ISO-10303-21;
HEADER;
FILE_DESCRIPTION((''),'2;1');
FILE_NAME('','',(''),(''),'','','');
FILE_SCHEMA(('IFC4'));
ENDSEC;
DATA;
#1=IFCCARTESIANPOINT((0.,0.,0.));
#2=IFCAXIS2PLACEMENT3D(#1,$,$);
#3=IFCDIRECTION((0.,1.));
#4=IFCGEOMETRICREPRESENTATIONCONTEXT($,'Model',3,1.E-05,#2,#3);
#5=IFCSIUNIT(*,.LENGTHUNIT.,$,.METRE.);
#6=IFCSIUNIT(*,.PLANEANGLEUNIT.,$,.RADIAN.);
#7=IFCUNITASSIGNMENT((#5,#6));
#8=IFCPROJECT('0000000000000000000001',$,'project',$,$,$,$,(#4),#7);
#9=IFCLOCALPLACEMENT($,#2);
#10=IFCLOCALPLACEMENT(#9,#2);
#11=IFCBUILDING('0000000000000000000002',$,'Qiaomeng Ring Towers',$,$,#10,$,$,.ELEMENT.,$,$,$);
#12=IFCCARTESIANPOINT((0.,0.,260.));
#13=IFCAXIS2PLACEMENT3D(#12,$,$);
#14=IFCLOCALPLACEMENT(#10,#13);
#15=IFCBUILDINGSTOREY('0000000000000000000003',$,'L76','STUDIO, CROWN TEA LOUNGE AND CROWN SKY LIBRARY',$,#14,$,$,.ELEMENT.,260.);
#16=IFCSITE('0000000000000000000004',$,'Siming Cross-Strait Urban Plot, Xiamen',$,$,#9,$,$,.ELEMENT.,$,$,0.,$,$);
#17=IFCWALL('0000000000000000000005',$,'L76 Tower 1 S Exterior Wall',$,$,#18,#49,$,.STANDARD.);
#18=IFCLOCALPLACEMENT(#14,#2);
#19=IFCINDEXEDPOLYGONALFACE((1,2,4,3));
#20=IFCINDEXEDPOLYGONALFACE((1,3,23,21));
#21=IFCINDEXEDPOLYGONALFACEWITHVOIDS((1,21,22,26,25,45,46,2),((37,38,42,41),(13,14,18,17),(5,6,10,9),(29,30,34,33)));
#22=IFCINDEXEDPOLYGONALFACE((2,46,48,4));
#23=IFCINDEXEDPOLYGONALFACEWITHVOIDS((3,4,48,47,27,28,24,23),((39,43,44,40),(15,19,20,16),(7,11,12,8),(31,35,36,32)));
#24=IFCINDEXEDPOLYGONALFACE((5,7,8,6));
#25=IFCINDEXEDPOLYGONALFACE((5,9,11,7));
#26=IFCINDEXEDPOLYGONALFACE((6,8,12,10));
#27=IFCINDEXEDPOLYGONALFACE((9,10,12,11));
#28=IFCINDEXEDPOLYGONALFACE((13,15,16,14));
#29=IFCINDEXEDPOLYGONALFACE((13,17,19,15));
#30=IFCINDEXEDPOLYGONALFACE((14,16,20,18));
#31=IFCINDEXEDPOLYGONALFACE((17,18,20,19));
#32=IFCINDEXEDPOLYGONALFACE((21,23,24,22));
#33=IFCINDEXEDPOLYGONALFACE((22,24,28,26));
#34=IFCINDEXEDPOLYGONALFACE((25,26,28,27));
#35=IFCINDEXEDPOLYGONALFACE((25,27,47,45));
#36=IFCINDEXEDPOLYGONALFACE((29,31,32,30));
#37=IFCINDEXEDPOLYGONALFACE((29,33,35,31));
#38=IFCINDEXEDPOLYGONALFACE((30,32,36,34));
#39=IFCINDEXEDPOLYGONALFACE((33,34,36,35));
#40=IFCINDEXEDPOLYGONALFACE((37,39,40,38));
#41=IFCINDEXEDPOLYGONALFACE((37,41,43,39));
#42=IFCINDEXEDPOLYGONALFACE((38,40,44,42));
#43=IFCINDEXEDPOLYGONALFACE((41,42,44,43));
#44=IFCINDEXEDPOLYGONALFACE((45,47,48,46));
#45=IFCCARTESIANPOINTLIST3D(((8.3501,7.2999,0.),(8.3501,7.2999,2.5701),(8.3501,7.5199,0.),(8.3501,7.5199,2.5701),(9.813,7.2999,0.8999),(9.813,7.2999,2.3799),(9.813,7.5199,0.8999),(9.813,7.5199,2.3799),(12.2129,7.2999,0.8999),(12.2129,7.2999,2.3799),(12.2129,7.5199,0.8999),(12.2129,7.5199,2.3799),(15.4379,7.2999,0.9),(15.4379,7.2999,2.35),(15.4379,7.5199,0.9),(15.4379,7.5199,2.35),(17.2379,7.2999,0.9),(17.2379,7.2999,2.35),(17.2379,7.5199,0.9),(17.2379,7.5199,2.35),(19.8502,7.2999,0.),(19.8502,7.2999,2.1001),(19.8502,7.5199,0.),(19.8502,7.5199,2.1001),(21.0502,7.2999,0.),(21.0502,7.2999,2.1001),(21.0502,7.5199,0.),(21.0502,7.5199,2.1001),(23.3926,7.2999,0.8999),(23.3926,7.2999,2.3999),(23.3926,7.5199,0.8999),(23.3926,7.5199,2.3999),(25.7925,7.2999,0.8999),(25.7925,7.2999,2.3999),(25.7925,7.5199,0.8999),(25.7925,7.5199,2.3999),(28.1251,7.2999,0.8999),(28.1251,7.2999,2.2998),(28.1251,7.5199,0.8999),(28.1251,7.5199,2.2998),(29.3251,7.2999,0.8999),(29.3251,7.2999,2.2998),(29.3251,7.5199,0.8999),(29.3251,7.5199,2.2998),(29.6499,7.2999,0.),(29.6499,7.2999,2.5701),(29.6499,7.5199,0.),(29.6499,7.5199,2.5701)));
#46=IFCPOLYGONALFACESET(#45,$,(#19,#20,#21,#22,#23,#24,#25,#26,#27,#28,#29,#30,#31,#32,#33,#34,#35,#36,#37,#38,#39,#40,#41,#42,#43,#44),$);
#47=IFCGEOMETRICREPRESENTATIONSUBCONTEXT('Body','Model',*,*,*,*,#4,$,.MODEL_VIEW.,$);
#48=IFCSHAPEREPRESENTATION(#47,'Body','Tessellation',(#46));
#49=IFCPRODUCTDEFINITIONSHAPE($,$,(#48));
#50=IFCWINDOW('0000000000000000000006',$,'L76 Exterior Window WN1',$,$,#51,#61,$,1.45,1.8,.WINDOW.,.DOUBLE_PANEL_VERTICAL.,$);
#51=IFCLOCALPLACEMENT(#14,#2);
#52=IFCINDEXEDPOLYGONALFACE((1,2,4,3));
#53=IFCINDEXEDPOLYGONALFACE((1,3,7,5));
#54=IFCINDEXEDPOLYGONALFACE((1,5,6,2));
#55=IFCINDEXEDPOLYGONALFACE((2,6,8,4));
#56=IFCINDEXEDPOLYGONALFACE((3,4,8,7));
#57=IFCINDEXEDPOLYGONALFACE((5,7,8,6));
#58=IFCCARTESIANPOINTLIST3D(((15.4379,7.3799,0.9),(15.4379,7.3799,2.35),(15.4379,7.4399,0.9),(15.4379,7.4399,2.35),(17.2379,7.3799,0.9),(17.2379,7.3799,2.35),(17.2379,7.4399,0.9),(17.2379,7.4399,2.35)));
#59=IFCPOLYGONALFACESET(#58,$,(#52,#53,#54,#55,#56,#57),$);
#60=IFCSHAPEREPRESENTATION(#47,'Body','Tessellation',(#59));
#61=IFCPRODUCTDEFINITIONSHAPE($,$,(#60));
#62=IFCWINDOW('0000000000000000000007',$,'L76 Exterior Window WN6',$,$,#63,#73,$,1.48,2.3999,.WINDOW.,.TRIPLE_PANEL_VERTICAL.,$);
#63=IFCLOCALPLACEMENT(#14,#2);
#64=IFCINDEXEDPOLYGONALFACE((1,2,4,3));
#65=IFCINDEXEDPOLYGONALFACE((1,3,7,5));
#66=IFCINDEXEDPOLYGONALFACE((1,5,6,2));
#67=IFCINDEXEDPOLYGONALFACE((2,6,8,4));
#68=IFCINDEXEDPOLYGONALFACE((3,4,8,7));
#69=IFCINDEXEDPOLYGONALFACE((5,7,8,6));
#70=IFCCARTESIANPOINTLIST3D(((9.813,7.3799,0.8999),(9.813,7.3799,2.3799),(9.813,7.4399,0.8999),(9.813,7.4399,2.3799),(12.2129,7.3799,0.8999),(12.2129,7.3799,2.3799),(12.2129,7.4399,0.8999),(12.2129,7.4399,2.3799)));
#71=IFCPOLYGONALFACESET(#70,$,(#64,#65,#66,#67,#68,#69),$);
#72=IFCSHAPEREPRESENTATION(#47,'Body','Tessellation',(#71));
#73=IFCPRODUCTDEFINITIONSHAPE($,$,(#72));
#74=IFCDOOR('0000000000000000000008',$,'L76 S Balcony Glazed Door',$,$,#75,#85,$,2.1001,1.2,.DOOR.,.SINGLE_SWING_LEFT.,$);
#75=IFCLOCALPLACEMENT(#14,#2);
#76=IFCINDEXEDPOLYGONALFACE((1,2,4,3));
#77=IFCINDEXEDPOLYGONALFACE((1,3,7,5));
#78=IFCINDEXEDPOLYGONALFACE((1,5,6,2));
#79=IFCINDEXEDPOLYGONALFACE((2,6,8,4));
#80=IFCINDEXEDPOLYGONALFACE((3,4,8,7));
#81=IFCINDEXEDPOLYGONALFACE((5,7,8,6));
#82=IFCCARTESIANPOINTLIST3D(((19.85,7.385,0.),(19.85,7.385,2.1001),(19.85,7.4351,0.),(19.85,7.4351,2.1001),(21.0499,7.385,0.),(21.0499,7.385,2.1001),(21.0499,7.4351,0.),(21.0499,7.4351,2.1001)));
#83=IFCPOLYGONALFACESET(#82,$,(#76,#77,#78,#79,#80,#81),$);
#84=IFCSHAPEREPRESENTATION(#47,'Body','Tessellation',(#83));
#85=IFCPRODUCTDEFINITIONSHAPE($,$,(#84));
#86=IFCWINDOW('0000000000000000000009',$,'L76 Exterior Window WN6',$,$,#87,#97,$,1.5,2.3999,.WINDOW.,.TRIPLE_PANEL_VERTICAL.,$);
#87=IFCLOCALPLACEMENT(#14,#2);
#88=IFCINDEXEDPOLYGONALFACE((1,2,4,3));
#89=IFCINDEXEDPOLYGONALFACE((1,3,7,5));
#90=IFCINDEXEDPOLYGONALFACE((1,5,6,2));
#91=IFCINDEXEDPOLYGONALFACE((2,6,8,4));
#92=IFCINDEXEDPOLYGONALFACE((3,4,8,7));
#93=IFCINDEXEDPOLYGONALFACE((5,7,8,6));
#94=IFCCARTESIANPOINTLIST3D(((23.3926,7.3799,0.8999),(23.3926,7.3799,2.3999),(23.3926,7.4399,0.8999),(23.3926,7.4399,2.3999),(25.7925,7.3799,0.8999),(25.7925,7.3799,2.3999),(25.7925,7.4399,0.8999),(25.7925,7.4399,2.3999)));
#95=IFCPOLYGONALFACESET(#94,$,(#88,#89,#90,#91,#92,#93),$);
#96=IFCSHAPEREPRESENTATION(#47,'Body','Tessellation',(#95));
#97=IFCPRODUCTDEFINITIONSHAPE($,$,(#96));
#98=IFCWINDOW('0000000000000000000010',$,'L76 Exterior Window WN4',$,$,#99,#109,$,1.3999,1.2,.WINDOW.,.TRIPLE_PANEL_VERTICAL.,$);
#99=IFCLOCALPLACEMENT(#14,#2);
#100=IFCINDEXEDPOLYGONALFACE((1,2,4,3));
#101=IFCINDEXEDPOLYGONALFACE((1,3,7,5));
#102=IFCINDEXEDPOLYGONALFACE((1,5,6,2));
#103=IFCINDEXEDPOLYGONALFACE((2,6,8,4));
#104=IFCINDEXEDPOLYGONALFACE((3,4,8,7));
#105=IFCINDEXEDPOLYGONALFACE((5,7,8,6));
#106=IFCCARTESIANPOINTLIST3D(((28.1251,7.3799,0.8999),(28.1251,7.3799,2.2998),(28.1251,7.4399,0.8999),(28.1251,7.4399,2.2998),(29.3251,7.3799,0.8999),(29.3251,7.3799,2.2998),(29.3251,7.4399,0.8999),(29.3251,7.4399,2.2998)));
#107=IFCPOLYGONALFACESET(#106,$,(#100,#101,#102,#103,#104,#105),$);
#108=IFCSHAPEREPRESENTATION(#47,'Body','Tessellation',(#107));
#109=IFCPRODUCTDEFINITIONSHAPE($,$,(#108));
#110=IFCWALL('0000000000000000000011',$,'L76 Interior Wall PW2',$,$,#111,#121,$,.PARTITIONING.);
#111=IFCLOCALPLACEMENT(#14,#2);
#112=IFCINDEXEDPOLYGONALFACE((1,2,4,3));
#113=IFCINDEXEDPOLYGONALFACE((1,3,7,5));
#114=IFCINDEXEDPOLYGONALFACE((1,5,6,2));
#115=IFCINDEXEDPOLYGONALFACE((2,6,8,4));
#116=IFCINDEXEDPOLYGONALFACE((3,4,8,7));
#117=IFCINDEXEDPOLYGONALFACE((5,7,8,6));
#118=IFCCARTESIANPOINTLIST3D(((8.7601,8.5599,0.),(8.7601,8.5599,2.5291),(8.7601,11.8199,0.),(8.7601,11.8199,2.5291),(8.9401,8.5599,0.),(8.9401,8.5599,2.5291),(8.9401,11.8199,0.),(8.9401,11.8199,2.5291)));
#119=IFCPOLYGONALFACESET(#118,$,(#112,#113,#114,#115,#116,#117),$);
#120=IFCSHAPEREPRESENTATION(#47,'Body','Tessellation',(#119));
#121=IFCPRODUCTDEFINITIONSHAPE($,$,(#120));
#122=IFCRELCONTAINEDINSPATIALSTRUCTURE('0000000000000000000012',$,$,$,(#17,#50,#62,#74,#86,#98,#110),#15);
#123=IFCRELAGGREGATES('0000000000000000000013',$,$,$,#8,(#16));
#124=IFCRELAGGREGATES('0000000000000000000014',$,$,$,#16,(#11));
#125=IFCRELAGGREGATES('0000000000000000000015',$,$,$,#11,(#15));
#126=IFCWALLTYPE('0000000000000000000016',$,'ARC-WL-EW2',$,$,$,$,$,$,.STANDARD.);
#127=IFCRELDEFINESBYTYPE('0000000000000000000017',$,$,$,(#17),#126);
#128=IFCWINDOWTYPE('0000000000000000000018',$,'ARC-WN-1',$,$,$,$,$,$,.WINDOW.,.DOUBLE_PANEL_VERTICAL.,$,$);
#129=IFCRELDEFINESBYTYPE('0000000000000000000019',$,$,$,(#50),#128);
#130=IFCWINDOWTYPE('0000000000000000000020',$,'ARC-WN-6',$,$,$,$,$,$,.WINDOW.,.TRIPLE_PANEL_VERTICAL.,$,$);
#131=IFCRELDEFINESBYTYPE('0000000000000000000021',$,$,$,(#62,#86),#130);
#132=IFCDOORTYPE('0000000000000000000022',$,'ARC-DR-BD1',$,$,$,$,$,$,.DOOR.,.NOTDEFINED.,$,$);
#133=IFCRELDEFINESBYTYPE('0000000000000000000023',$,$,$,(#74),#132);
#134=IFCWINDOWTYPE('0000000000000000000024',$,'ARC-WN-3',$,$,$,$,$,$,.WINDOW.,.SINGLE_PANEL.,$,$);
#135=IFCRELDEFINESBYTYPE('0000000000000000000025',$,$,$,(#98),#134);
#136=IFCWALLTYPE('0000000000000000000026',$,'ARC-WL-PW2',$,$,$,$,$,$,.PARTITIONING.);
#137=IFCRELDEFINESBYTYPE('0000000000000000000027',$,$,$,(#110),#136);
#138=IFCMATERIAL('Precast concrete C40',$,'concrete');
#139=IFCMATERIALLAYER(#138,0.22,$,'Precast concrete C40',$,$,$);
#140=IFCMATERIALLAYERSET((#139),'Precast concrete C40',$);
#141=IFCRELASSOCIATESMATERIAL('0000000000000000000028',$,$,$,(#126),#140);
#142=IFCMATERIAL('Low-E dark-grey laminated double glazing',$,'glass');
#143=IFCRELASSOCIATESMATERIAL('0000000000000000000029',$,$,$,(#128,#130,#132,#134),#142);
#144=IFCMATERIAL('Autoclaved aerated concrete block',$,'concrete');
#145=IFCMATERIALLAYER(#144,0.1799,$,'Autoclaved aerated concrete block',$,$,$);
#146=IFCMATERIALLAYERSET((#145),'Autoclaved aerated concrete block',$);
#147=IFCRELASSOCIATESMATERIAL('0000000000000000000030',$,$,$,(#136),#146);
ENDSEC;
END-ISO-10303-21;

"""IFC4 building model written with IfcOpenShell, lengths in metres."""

from ifc_helpers import new_model, si_unit, direction, frame, frame_2d, origin, place, context, subcontext, project, spatial, rectangle, extrude, source, transform, mapped, material, layer, layer_set, type_object, element, fill, save


model = new_model("IFC4")

# Units and contexts
model_context = context("Model", 3, precision=1e-05, world=origin(), true_north=direction((0.0, 1.0)))
body_context = subcontext(model_context, "Body", "Model", "MODEL_VIEW")
ifc_project = project(units=[si_unit("LENGTHUNIT", "METRE"), si_unit("PLANEANGLEUNIT", "RADIAN")], contexts=[model_context])

# Site, building, storey
site_placement = place(None, origin())
site = spatial("IfcSite", under=ifc_project, at=site_placement, Name="Siming Cross-Strait Urban Plot, Xiamen", CompositionType="ELEMENT", RefElevation=0.0)
building_placement = place(site_placement, origin())
building = spatial("IfcBuilding", under=site, at=building_placement, Name="Qiaomeng Ring Towers", CompositionType="ELEMENT")
storey_placement = place(building_placement, frame((0.0, 0.0, 260.0)))
storey = spatial("IfcBuildingStorey", under=building, at=storey_placement, Name="L76", Description="STUDIO, CROWN TEA LOUNGE AND CROWN SKY LIBRARY", CompositionType="ELEMENT", Elevation=260.0)

# Shared definitions
ifc_material_1 = material(Name="Low-E dark-grey laminated double glazing", Category="glass")

# Wall, openings, windows, door
ifc_material_2 = material(Name="Precast concrete C40", Category="concrete")
ifc_layer_1 = layer(ifc_material_2, 0.22, Name="Precast concrete C40")
ifc_layer_set_1 = layer_set([ifc_layer_1], Name="Precast concrete C40")
wall_type_1 = type_object("IfcWallType", Name="ARC-WL-EW2", PredefinedType="STANDARD", material=ifc_layer_set_1)
wall_1_placement = place(storey_placement, frame((8.3501, 7.4099, 0.0), z_axis=(0.0, 0.0, 1.0), x_axis=(1.0, 0.0, 0.0)))
wall_1 = element("IfcWall", 1, at=wall_1_placement, inside=storey, type_object=wall_type_1, Name="L76 Tower 1 S Exterior Wall", PredefinedType="STANDARD", context=body_context, shape_type="SweptSolid", body=[
    extrude(rectangle(XDim=21.2998, YDim=0.22, at=frame_2d((10.6499, 0.0))), origin(), (0.0, 0.0, 1.0), 2.5701),
])
opening_1_placement = place(wall_1_placement, frame((11.5, 0.0, 0.0)))
opening_1 = element("IfcOpeningElement", 2, at=opening_1_placement, cuts=wall_1, PredefinedType="OPENING", context=body_context, shape_type="SweptSolid", body=[
    extrude(rectangle(XDim=1.2, YDim=2.1001, at=frame_2d((0.6001, 1.05))), frame((0.0, 0.1199, 0.0), z_axis=(0.0, -1.0, 0.0), x_axis=(1.0, 0.0, 0.0)), (0.0, 0.0, 1.0), 0.24),
])
opening_2_placement = place(wall_1_placement, frame((1.4629, 0.0, 0.8999)))
opening_2 = element("IfcOpeningElement", 3, at=opening_2_placement, cuts=wall_1, PredefinedType="OPENING", context=body_context, shape_type="SweptSolid", body=[
    extrude(rectangle(XDim=2.3999, YDim=1.48, at=frame_2d((1.2, 0.74))), frame((0.0, 0.1199, 0.0), z_axis=(0.0, -1.0, 0.0), x_axis=(1.0, 0.0, 0.0)), (0.0, 0.0, 1.0), 0.24),
])
opening_3_placement = place(wall_1_placement, frame((7.0879, 0.0, 0.8999)))
opening_3 = element("IfcOpeningElement", 4, at=opening_3_placement, cuts=wall_1, PredefinedType="OPENING", context=body_context, shape_type="SweptSolid", body=[
    extrude(rectangle(XDim=1.8, YDim=1.45, at=frame_2d((0.8999, 0.7251))), frame((0.0, 0.1199, 0.0), z_axis=(0.0, -1.0, 0.0), x_axis=(1.0, 0.0, 0.0)), (0.0, 0.0, 1.0), 0.24),
])
opening_4_placement = place(wall_1_placement, frame((19.7749, 0.0, 0.8999)))
opening_4 = element("IfcOpeningElement", 5, at=opening_4_placement, cuts=wall_1, PredefinedType="OPENING", context=body_context, shape_type="SweptSolid", body=[
    extrude(rectangle(XDim=1.2, YDim=1.3999, at=frame_2d((0.6001, 0.7))), frame((0.0, 0.1199, 0.0), z_axis=(0.0, -1.0, 0.0), x_axis=(1.0, 0.0, 0.0)), (0.0, 0.0, 1.0), 0.24),
])
opening_5_placement = place(wall_1_placement, frame((15.0425, 0.0, 0.8999)))
opening_5 = element("IfcOpeningElement", 6, at=opening_5_placement, cuts=wall_1, PredefinedType="OPENING", context=body_context, shape_type="SweptSolid", body=[
    extrude(rectangle(XDim=2.3999, YDim=1.5, at=frame_2d((1.2, 0.75))), frame((0.0, 0.1199, 0.0), z_axis=(0.0, -1.0, 0.0), x_axis=(1.0, 0.0, 0.0)), (0.0, 0.0, 1.0), 0.24),
])
window_type_1 = type_object("IfcWindowType", Name="ARC-WN-1", PartitioningType="DOUBLE_PANEL_VERTICAL", PredefinedType="WINDOW", material=ifc_material_1)
shared_shape_1 = source(origin(), body_context, "Body", "SweptSolid", [
    extrude(rectangle(XDim=1.8, YDim=1.45, at=frame_2d((0.8999, 0.7251))), frame((0.0, 0.03, 0.0), z_axis=(0.0, -1.0, 0.0), x_axis=(1.0, 0.0, 0.0)), (0.0, 0.0, 1.0), 0.0601),
])
window_1_placement = place(opening_3_placement, origin())
window_1 = element("IfcWindow", 7, at=window_1_placement, inside=storey, type_object=window_type_1, Name="L76 Exterior Window WN1", OverallHeight=1.45, OverallWidth=1.8, PartitioningType="DOUBLE_PANEL_VERTICAL", PredefinedType="WINDOW", context=body_context, shape_type="MappedRepresentation", body=[
    mapped(shared_shape_1, transform((0.0, 0.0, 0.0), x_axis=(1.0, 0.0, 0.0), y_axis=(0.0, 1.0, 0.0), z_axis=(0.0, 0.0, 1.0), scale=1.0)),
])
fill(opening_3, window_1)
window_type_2 = type_object("IfcWindowType", Name="ARC-WN-6", PartitioningType="TRIPLE_PANEL_VERTICAL", PredefinedType="WINDOW", material=ifc_material_1)
shared_shape_2 = source(origin(), body_context, "Body", "SweptSolid", [
    extrude(rectangle(XDim=2.3999, YDim=1.48, at=frame_2d((1.2, 0.74))), frame((0.0, 0.03, 0.0), z_axis=(0.0, -1.0, 0.0), x_axis=(1.0, 0.0, 0.0)), (0.0, 0.0, 1.0), 0.0601),
])
window_2_placement = place(opening_2_placement, origin())
window_2 = element("IfcWindow", 8, at=window_2_placement, inside=storey, type_object=window_type_2, Name="L76 Exterior Window WN6", OverallHeight=1.48, OverallWidth=2.3999, PartitioningType="TRIPLE_PANEL_VERTICAL", PredefinedType="WINDOW", context=body_context, shape_type="MappedRepresentation", body=[
    mapped(shared_shape_2, transform((0.0, 0.0, 0.0), x_axis=(1.0, 0.0, 0.0), y_axis=(0.0, 1.0, 0.0), z_axis=(0.0, 0.0, 1.0), scale=1.0)),
])
fill(opening_2, window_2)
door_type_1 = type_object("IfcDoorType", Name="ARC-DR-BD1", OperationType="NOTDEFINED", PredefinedType="DOOR", material=ifc_material_1)
shared_shape_3 = source(origin(), body_context, "Body", "SweptSolid", [
    extrude(rectangle(XDim=1.2, YDim=2.1001, at=frame_2d((0.6001, 1.05))), frame((0.0, 0.0249, 0.0), z_axis=(0.0, -1.0, 0.0), x_axis=(1.0, 0.0, 0.0)), (0.0, 0.0, 1.0), 0.05),
])
door_1_placement = place(opening_1_placement, frame((1.2, 0.0, 0.0), z_axis=(0.0, 0.0, 1.0), x_axis=(-1.0, 0.0, 0.0)))
door_1 = element("IfcDoor", 9, at=door_1_placement, inside=storey, type_object=door_type_1, Name="L76 S Balcony Glazed Door", OperationType="SINGLE_SWING_LEFT", OverallHeight=2.1001, OverallWidth=1.2, PredefinedType="DOOR", context=body_context, shape_type="MappedRepresentation", body=[
    mapped(shared_shape_3, transform((0.0, 0.0, 0.0), x_axis=(1.0, 0.0, 0.0), y_axis=(0.0, 1.0, 0.0), z_axis=(0.0, 0.0, 1.0), scale=1.0)),
])
fill(opening_1, door_1)
shared_shape_4 = source(origin(), body_context, "Body", "SweptSolid", [
    extrude(rectangle(XDim=2.3999, YDim=1.5, at=frame_2d((1.2, 0.75))), frame((0.0, 0.03, 0.0), z_axis=(0.0, -1.0, 0.0), x_axis=(1.0, 0.0, 0.0)), (0.0, 0.0, 1.0), 0.0601),
])
window_3_placement = place(opening_5_placement, origin())
window_3 = element("IfcWindow", 10, at=window_3_placement, inside=storey, type_object=window_type_2, Name="L76 Exterior Window WN6", OverallHeight=1.5, OverallWidth=2.3999, PartitioningType="TRIPLE_PANEL_VERTICAL", PredefinedType="WINDOW", context=body_context, shape_type="MappedRepresentation", body=[
    mapped(shared_shape_4, transform((0.0, 0.0, 0.0), x_axis=(1.0, 0.0, 0.0), y_axis=(0.0, 1.0, 0.0), z_axis=(0.0, 0.0, 1.0), scale=1.0)),
])
fill(opening_5, window_3)
window_type_3 = type_object("IfcWindowType", Name="ARC-WN-3", PartitioningType="SINGLE_PANEL", PredefinedType="WINDOW", material=ifc_material_1)
shared_shape_5 = source(origin(), body_context, "Body", "SweptSolid", [
    extrude(rectangle(XDim=1.2, YDim=1.3999, at=frame_2d((0.6001, 0.7))), frame((0.0, 0.03, 0.0), z_axis=(0.0, -1.0, 0.0), x_axis=(1.0, 0.0, 0.0)), (0.0, 0.0, 1.0), 0.0601),
])
window_4_placement = place(opening_4_placement, origin())
window_4 = element("IfcWindow", 11, at=window_4_placement, inside=storey, type_object=window_type_3, Name="L76 Exterior Window WN4", OverallHeight=1.3999, OverallWidth=1.2, PartitioningType="TRIPLE_PANEL_VERTICAL", PredefinedType="WINDOW", context=body_context, shape_type="MappedRepresentation", body=[
    mapped(shared_shape_5, transform((0.0, 0.0, 0.0), x_axis=(1.0, 0.0, 0.0), y_axis=(0.0, 1.0, 0.0), z_axis=(0.0, 0.0, 1.0), scale=1.0)),
])
fill(opening_4, window_4)

# Wall
ifc_material_3 = material(Name="Autoclaved aerated concrete block", Category="concrete")
ifc_layer_2 = layer(ifc_material_3, 0.1799, Name="Autoclaved aerated concrete block")
ifc_layer_set_2 = layer_set([ifc_layer_2], Name="Autoclaved aerated concrete block")
wall_type_2 = type_object("IfcWallType", Name="ARC-WL-PW2", PredefinedType="PARTITIONING", material=ifc_layer_set_2)
wall_2_placement = place(storey_placement, frame((8.8501, 8.5601, 0.0), z_axis=(0.0, 0.0, 1.0), x_axis=(0.0, 1.0, 0.0)))
element("IfcWall", 12, at=wall_2_placement, inside=storey, type_object=wall_type_2, Name="L76 Interior Wall PW2", PredefinedType="PARTITIONING", context=body_context, shape_type="SweptSolid", body=[
    extrude(rectangle(XDim=3.26, YDim=0.1799, at=frame_2d((1.6299, 0.0))), origin(), (0.0, 0.0, 1.0), 2.5291),
])

save(model, "model.ifc")
